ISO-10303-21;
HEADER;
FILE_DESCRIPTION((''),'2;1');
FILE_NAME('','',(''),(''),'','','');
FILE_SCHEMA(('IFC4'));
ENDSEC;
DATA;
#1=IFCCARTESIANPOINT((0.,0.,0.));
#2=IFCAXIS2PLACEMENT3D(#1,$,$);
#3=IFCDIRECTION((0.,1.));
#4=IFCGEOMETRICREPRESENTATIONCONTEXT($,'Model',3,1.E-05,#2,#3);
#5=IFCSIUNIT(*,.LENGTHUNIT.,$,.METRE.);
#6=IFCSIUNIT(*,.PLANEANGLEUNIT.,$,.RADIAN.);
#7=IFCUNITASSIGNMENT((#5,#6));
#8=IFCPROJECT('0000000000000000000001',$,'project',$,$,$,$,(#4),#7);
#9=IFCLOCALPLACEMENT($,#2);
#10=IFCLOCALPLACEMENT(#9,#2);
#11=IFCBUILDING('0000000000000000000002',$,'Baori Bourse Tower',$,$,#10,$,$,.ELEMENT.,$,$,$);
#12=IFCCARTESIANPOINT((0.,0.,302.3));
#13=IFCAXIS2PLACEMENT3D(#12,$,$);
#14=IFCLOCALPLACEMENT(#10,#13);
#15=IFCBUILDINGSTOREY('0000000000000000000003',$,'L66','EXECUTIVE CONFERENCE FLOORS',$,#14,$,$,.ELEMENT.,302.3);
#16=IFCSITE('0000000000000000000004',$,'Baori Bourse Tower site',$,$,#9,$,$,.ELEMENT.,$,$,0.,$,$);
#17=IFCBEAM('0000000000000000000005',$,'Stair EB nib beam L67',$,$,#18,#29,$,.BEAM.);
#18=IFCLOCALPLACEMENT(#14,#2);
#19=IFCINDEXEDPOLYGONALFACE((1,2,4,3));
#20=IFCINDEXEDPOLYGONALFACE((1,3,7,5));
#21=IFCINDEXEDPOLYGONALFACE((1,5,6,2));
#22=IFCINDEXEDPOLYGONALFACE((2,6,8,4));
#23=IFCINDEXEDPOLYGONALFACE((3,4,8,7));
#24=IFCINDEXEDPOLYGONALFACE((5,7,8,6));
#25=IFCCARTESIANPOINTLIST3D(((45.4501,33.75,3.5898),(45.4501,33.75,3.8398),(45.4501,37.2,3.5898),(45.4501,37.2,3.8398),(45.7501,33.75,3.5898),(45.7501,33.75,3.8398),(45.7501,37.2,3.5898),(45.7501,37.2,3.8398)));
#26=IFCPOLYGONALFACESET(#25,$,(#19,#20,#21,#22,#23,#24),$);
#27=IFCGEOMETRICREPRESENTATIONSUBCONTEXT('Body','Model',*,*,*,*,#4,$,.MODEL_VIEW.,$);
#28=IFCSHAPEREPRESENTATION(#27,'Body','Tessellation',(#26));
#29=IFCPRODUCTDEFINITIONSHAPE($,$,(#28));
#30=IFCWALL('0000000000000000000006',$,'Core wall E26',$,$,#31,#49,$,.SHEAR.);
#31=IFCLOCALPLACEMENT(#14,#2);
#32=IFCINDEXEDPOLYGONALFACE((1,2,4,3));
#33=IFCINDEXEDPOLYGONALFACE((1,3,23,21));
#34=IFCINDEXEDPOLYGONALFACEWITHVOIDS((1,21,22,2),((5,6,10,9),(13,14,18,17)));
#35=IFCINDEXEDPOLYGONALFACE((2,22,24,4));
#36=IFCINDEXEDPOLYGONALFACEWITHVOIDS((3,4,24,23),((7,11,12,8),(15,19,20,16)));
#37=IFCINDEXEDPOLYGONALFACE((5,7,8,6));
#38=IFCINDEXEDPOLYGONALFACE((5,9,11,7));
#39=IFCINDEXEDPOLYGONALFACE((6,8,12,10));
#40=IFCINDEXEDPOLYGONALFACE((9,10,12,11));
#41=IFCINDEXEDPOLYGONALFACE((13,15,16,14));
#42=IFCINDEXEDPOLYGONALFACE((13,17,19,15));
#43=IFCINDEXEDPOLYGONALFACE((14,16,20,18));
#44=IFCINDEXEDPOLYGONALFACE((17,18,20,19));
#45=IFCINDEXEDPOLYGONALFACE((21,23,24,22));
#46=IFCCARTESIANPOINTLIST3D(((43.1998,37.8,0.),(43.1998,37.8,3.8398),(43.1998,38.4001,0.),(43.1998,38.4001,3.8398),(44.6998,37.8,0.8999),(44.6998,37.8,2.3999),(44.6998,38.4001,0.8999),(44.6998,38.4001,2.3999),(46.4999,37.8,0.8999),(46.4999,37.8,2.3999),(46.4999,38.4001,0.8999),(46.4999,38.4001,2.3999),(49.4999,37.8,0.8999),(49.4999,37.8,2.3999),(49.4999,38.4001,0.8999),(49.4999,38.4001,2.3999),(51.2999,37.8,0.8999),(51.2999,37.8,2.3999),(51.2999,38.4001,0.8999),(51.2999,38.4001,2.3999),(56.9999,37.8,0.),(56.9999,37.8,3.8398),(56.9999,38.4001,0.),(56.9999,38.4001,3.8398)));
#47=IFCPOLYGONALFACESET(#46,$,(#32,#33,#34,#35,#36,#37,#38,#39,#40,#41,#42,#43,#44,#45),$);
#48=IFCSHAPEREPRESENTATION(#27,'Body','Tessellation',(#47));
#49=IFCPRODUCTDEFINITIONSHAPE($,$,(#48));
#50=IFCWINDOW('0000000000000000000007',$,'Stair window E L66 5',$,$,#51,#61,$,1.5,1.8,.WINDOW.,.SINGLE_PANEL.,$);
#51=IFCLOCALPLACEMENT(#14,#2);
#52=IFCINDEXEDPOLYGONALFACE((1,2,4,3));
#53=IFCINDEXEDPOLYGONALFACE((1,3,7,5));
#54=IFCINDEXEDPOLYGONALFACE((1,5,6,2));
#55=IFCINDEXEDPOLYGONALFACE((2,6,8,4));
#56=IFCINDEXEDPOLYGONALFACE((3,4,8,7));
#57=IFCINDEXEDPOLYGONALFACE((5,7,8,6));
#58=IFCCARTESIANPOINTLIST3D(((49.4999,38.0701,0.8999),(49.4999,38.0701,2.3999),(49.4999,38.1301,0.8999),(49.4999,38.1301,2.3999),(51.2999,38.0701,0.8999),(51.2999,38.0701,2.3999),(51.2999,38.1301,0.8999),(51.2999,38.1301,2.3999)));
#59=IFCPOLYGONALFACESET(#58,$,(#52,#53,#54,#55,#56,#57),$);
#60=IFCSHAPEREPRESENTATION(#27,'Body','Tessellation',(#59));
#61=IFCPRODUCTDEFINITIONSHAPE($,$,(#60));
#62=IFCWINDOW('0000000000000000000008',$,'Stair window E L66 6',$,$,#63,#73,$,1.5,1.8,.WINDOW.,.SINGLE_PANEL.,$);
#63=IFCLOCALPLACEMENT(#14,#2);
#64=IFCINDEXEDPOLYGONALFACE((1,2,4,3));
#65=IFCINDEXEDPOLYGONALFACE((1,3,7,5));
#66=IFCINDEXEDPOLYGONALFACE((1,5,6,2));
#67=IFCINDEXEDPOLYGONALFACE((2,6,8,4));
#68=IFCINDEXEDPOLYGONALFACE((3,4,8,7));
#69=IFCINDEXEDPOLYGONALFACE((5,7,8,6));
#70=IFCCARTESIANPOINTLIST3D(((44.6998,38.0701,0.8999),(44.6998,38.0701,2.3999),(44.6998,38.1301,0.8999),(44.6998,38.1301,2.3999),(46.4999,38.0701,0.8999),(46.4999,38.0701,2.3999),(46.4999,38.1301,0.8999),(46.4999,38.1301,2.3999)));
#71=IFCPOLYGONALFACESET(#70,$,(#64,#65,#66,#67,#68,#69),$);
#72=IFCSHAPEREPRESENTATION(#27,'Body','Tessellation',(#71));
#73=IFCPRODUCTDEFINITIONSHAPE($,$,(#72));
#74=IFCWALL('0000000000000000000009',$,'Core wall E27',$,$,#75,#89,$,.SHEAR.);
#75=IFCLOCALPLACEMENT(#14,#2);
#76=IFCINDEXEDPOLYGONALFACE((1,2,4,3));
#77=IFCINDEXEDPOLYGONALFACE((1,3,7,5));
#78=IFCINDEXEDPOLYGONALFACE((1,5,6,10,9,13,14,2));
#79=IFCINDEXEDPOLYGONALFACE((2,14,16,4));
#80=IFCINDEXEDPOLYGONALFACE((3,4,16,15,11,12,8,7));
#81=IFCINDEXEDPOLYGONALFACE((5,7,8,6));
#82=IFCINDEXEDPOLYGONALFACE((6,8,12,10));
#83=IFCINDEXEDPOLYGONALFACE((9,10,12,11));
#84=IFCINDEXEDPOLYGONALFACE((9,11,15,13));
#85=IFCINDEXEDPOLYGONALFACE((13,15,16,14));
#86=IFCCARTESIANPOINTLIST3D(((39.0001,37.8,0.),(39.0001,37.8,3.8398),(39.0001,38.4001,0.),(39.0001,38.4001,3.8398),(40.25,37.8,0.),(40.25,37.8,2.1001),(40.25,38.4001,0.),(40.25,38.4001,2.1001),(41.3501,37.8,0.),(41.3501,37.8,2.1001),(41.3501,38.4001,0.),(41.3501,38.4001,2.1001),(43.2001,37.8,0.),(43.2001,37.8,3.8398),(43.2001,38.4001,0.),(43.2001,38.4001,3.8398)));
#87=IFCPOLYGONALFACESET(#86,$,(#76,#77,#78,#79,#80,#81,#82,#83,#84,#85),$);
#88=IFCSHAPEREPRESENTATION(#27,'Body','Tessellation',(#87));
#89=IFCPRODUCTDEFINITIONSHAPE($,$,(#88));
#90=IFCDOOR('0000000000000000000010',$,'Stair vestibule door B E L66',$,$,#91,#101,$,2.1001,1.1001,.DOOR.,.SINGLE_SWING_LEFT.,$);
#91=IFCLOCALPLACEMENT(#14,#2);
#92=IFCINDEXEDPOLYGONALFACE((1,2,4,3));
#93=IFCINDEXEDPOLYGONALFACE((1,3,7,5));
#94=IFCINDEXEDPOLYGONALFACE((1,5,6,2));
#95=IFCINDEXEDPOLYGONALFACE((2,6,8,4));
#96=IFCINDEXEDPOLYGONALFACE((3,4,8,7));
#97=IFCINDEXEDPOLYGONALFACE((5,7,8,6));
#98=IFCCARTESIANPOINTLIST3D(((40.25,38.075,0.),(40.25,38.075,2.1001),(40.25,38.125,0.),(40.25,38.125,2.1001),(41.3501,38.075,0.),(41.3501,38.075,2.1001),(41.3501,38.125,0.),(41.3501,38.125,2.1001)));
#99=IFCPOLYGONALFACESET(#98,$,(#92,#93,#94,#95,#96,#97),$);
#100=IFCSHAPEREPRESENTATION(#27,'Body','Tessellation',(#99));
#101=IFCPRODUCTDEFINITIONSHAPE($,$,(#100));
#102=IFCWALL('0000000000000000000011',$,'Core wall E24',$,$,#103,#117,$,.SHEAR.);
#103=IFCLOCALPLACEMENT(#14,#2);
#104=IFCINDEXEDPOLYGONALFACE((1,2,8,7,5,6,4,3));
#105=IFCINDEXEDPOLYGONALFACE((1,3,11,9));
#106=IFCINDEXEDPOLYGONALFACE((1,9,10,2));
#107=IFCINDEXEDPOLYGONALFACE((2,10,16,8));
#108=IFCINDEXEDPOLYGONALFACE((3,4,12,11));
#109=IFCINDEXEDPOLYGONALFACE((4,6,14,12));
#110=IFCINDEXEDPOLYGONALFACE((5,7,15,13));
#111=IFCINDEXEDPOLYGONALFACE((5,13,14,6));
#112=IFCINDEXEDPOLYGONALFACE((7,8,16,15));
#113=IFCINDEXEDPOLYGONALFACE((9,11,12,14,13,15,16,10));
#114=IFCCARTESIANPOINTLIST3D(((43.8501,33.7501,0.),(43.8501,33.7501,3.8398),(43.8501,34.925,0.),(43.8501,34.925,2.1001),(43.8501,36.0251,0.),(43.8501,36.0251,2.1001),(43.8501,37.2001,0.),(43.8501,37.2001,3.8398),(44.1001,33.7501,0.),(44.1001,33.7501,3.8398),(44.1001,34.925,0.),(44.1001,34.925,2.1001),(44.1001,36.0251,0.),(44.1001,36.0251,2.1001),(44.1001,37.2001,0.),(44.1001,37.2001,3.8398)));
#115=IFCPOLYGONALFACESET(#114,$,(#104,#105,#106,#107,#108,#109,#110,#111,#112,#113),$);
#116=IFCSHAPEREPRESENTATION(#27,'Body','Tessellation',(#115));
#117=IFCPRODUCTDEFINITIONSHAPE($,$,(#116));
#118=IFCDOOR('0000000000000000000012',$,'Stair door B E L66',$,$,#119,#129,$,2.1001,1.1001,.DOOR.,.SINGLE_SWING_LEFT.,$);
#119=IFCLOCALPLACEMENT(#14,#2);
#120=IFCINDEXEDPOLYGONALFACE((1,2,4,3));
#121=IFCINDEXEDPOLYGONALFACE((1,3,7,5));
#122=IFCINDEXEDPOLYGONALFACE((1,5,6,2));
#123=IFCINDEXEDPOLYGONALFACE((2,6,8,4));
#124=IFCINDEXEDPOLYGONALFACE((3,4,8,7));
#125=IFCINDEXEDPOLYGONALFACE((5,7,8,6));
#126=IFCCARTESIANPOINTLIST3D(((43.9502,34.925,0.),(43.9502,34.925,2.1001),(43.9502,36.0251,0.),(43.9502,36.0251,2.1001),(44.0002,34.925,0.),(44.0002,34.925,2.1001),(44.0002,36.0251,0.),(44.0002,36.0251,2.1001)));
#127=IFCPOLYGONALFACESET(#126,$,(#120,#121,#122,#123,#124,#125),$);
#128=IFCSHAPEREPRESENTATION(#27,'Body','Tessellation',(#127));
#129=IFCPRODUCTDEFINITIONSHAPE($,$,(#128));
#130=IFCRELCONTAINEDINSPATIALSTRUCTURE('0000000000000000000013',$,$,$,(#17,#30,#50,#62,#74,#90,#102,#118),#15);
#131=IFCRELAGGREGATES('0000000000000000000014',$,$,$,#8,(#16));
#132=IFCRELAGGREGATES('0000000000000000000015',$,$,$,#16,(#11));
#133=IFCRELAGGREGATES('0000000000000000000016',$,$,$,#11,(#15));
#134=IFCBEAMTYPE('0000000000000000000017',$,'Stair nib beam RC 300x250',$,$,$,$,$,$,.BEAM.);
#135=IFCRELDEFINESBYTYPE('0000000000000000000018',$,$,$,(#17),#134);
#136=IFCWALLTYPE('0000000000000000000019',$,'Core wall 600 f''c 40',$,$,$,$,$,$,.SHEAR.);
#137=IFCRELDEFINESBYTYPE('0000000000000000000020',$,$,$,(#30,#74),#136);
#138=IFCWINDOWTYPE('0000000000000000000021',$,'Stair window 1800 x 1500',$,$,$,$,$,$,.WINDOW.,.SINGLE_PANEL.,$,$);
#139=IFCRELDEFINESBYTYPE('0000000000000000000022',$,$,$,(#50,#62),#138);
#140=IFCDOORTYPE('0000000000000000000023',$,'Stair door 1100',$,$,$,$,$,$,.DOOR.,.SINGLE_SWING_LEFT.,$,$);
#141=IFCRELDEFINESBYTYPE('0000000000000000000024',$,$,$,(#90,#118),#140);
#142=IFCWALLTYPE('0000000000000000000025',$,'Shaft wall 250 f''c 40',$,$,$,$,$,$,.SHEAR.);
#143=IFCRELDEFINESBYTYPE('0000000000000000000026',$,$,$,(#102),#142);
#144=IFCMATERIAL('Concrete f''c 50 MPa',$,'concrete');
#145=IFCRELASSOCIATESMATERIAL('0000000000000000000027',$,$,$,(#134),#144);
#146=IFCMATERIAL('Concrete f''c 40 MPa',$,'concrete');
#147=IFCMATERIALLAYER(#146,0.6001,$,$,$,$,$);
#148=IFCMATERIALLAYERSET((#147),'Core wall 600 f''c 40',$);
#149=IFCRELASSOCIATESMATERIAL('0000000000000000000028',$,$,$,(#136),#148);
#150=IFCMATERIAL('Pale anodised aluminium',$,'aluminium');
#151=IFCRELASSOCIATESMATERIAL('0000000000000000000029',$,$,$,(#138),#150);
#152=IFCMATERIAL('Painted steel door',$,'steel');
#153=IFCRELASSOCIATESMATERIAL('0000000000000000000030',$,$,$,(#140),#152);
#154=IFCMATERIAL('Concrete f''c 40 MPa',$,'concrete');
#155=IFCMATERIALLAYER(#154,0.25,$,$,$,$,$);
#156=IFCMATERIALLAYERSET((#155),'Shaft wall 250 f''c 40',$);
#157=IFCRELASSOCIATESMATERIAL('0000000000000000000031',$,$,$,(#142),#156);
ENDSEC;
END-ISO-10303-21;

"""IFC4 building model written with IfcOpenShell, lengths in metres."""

from ifc_helpers import new_model, si_unit, direction, frame, frame_2d, origin, origin_2d, place, context, subcontext, project, spatial, rectangle, extrude, material, layer, layer_set, material_profile, profile_set, type_object, element, fill, save


model = new_model("IFC4")

# Units and contexts
model_context = context("Model", 3, precision=1e-05, world=origin(), true_north=direction((0.0, 1.0)))
body_context = subcontext(model_context, "Body", "Model", "MODEL_VIEW")
ifc_project = project(units=[si_unit("LENGTHUNIT", "METRE"), si_unit("PLANEANGLEUNIT", "RADIAN")], contexts=[model_context])

# Site, building, storey
site_placement = place(None, origin())
site = spatial("IfcSite", under=ifc_project, at=site_placement, Name="Baori Bourse Tower site", CompositionType="ELEMENT", RefElevation=0.0)
building_placement = place(site_placement, origin())
building = spatial("IfcBuilding", under=site, at=building_placement, Name="Baori Bourse Tower", CompositionType="ELEMENT")
storey_placement = place(building_placement, frame((0.0, 0.0, 302.3)))
storey = spatial("IfcBuildingStorey", under=building, at=storey_placement, Name="L66", Description="EXECUTIVE CONFERENCE FLOORS", CompositionType="ELEMENT", Elevation=302.3)

# Beam
ifc_material_1 = material(Name="Concrete f'c 50 MPa", Category="concrete")
ifc_material_profile = material_profile(ifc_material_1, rectangle(XDim=0.3, YDim=0.25, at=origin_2d()), Name="RC 300x250")
ifc_profile_set = profile_set([ifc_material_profile], Name="Concrete f'c 50 MPa")
beam_type = type_object("IfcBeamType", Name="Stair nib beam RC 300x250", PredefinedType="BEAM", material=ifc_profile_set)
beam_placement = place(storey_placement, frame((45.6001, 33.75, 3.7148), z_axis=(0.0, 1.0, 0.0), x_axis=(-1.0, 0.0, 0.0)))
element("IfcBeam", 1, at=beam_placement, inside=storey, type_object=beam_type, Name="Stair EB nib beam L67", PredefinedType="BEAM", context=body_context, shape_type="SweptSolid", body=[
    extrude(rectangle(XDim=0.3, YDim=0.25, at=origin_2d()), origin(), (0.0, 0.0, 1.0), 3.45),
])

# Wall, openings, windows
ifc_material_2 = material(Name="Concrete f'c 40 MPa", Category="concrete")
ifc_layer_1 = layer(ifc_material_2, 0.6001)
ifc_layer_set_1 = layer_set([ifc_layer_1], Name="Core wall 600 f'c 40")
wall_type_1 = type_object("IfcWallType", Name="Core wall 600 f'c 40", PredefinedType="SHEAR", material=ifc_layer_set_1)
wall_1_placement = place(storey_placement, frame((43.2, 38.1001, 0.0), z_axis=(0.0, 0.0, 1.0), x_axis=(1.0, 0.0, 0.0)))
wall_1 = element("IfcWall", 2, at=wall_1_placement, inside=storey, type_object=wall_type_1, Name="Core wall E26", PredefinedType="SHEAR", context=body_context, shape_type="SweptSolid", body=[
    extrude(rectangle(XDim=13.8, YDim=0.6001, at=frame_2d((6.8999, 0.0))), origin(), (0.0, 0.0, 1.0), 3.8398),
])
opening_1_placement = place(wall_1_placement, frame((6.3, 0.0, 0.8999)))
opening_1 = element("IfcOpeningElement", 3, at=opening_1_placement, cuts=wall_1, PredefinedType="OPENING", context=body_context, shape_type="SweptSolid", body=[
    extrude(rectangle(XDim=1.8, YDim=1.5, at=frame_2d((0.8999, 0.75))), frame((0.0, 0.3101, 0.0), z_axis=(0.0, -1.0, 0.0), x_axis=(1.0, 0.0, 0.0)), (0.0, 0.0, 1.0), 0.6201),
])
opening_2_placement = place(wall_1_placement, frame((1.5, 0.0, 0.8999)))
opening_2 = element("IfcOpeningElement", 4, at=opening_2_placement, cuts=wall_1, PredefinedType="OPENING", context=body_context, shape_type="SweptSolid", body=[
    extrude(rectangle(XDim=1.8, YDim=1.5, at=frame_2d((0.8999, 0.75))), frame((0.0, 0.3101, 0.0), z_axis=(0.0, -1.0, 0.0), x_axis=(1.0, 0.0, 0.0)), (0.0, 0.0, 1.0), 0.6201),
])
ifc_material_3 = material(Name="Pale anodised aluminium", Category="aluminium")
window_type = type_object("IfcWindowType", Name="Stair window 1800 x 1500", PartitioningType="SINGLE_PANEL", PredefinedType="WINDOW", material=ifc_material_3)
window_1_placement = place(opening_1_placement, origin())
window_1 = element("IfcWindow", 5, at=window_1_placement, inside=storey, type_object=window_type, Name="Stair window E L66 5", OverallHeight=1.5, OverallWidth=1.8, PartitioningType="SINGLE_PANEL", PredefinedType="WINDOW", context=body_context, shape_type="SweptSolid", body=[
    extrude(rectangle(XDim=1.8, YDim=1.5, at=frame_2d((0.8999, 0.75))), frame((0.0, 0.03, 0.0), z_axis=(0.0, -1.0, 0.0), x_axis=(1.0, 0.0, 0.0)), (0.0, 0.0, 1.0), 0.0601),
])
fill(opening_1, window_1)
window_2_placement = place(opening_2_placement, origin())
window_2 = element("IfcWindow", 6, at=window_2_placement, inside=storey, type_object=window_type, Name="Stair window E L66 6", OverallHeight=1.5, OverallWidth=1.8, PartitioningType="SINGLE_PANEL", PredefinedType="WINDOW", context=body_context, shape_type="SweptSolid", body=[
    extrude(rectangle(XDim=1.8, YDim=1.5, at=frame_2d((0.8999, 0.75))), frame((0.0, 0.03, 0.0), z_axis=(0.0, -1.0, 0.0), x_axis=(1.0, 0.0, 0.0)), (0.0, 0.0, 1.0), 0.0601),
])
fill(opening_2, window_2)

# Walls, openings, doors
wall_2_placement = place(storey_placement, frame((39.0, 38.1001, 0.0), z_axis=(0.0, 0.0, 1.0), x_axis=(1.0, 0.0, 0.0)))
wall_2 = element("IfcWall", 7, at=wall_2_placement, inside=storey, type_object=wall_type_1, Name="Core wall E27", PredefinedType="SHEAR", context=body_context, shape_type="SweptSolid", body=[
    extrude(rectangle(XDim=4.2, YDim=0.6001, at=frame_2d((2.1001, 0.0))), origin(), (0.0, 0.0, 1.0), 3.8398),
])
opening_3_placement = place(wall_2_placement, frame((1.25, 0.0, 0.0)))
opening_3 = element("IfcOpeningElement", 8, at=opening_3_placement, cuts=wall_2, PredefinedType="OPENING", context=body_context, shape_type="SweptSolid", body=[
    extrude(rectangle(XDim=1.1001, YDim=2.1001, at=frame_2d((0.55, 1.05))), frame((0.0, 0.3101, 0.0), z_axis=(0.0, -1.0, 0.0), x_axis=(1.0, 0.0, 0.0)), (0.0, 0.0, 1.0), 0.6201),
])
ifc_material_4 = material(Name="Painted steel door", Category="steel")
door_type_1 = type_object("IfcDoorType", Name="Stair door 1100", OperationType="SINGLE_SWING_LEFT", PredefinedType="DOOR", material=ifc_material_4)
door_1_placement = place(opening_3_placement, origin())
door_1 = element("IfcDoor", 9, at=door_1_placement, inside=storey, type_object=door_type_1, Name="Stair vestibule door B E L66", OperationType="SINGLE_SWING_LEFT", OverallHeight=2.1001, OverallWidth=1.1001, PredefinedType="DOOR", context=body_context, shape_type="SweptSolid", body=[
    extrude(rectangle(XDim=1.1001, YDim=2.1001, at=frame_2d((0.55, 1.05))), frame((0.0, 0.0249, 0.0), z_axis=(0.0, -1.0, 0.0), x_axis=(1.0, 0.0, 0.0)), (0.0, 0.0, 1.0), 0.05),
])
fill(opening_3, door_1)
ifc_material_5 = material(Name="Concrete f'c 40 MPa", Category="concrete")
ifc_layer_2 = layer(ifc_material_5, 0.25)
ifc_layer_set_2 = layer_set([ifc_layer_2], Name="Shaft wall 250 f'c 40")
wall_type_2 = type_object("IfcWallType", Name="Shaft wall 250 f'c 40", PredefinedType="SHEAR", material=ifc_layer_set_2)
wall_3_placement = place(storey_placement, frame((43.9751, 33.75, 0.0), z_axis=(0.0, 0.0, 1.0), x_axis=(0.0, 1.0, 0.0)))
wall_3 = element("IfcWall", 10, at=wall_3_placement, inside=storey, type_object=wall_type_2, Name="Core wall E24", PredefinedType="SHEAR", context=body_context, shape_type="SweptSolid", body=[
    extrude(rectangle(XDim=3.45, YDim=0.25, at=frame_2d((1.7251, 0.0))), origin(), (0.0, 0.0, 1.0), 3.8398),
])
opening_4_placement = place(wall_3_placement, frame((1.175, 0.0, 0.0)))
opening_4 = element("IfcOpeningElement", 11, at=opening_4_placement, cuts=wall_3, PredefinedType="OPENING", context=body_context, shape_type="SweptSolid", body=[
    extrude(rectangle(XDim=1.1001, YDim=2.1001, at=frame_2d((0.55, 1.05))), frame((0.0, 0.135, 0.0), z_axis=(0.0, -1.0, 0.0), x_axis=(1.0, 0.0, 0.0)), (0.0, 0.0, 1.0), 0.27),
])
door_2_placement = place(opening_4_placement, origin())
door_2 = element("IfcDoor", 12, at=door_2_placement, inside=storey, type_object=door_type_1, Name="Stair door B E L66", OperationType="SINGLE_SWING_LEFT", OverallHeight=2.1001, OverallWidth=1.1001, PredefinedType="DOOR", context=body_context, shape_type="SweptSolid", body=[
    extrude(rectangle(XDim=1.1001, YDim=2.1001, at=frame_2d((0.55, 1.05))), frame((0.0, 0.0249, 0.0), z_axis=(0.0, -1.0, 0.0), x_axis=(1.0, 0.0, 0.0)), (0.0, 0.0, 1.0), 0.05),
])
fill(opening_4, door_2)

save(model, "model.ifc")
